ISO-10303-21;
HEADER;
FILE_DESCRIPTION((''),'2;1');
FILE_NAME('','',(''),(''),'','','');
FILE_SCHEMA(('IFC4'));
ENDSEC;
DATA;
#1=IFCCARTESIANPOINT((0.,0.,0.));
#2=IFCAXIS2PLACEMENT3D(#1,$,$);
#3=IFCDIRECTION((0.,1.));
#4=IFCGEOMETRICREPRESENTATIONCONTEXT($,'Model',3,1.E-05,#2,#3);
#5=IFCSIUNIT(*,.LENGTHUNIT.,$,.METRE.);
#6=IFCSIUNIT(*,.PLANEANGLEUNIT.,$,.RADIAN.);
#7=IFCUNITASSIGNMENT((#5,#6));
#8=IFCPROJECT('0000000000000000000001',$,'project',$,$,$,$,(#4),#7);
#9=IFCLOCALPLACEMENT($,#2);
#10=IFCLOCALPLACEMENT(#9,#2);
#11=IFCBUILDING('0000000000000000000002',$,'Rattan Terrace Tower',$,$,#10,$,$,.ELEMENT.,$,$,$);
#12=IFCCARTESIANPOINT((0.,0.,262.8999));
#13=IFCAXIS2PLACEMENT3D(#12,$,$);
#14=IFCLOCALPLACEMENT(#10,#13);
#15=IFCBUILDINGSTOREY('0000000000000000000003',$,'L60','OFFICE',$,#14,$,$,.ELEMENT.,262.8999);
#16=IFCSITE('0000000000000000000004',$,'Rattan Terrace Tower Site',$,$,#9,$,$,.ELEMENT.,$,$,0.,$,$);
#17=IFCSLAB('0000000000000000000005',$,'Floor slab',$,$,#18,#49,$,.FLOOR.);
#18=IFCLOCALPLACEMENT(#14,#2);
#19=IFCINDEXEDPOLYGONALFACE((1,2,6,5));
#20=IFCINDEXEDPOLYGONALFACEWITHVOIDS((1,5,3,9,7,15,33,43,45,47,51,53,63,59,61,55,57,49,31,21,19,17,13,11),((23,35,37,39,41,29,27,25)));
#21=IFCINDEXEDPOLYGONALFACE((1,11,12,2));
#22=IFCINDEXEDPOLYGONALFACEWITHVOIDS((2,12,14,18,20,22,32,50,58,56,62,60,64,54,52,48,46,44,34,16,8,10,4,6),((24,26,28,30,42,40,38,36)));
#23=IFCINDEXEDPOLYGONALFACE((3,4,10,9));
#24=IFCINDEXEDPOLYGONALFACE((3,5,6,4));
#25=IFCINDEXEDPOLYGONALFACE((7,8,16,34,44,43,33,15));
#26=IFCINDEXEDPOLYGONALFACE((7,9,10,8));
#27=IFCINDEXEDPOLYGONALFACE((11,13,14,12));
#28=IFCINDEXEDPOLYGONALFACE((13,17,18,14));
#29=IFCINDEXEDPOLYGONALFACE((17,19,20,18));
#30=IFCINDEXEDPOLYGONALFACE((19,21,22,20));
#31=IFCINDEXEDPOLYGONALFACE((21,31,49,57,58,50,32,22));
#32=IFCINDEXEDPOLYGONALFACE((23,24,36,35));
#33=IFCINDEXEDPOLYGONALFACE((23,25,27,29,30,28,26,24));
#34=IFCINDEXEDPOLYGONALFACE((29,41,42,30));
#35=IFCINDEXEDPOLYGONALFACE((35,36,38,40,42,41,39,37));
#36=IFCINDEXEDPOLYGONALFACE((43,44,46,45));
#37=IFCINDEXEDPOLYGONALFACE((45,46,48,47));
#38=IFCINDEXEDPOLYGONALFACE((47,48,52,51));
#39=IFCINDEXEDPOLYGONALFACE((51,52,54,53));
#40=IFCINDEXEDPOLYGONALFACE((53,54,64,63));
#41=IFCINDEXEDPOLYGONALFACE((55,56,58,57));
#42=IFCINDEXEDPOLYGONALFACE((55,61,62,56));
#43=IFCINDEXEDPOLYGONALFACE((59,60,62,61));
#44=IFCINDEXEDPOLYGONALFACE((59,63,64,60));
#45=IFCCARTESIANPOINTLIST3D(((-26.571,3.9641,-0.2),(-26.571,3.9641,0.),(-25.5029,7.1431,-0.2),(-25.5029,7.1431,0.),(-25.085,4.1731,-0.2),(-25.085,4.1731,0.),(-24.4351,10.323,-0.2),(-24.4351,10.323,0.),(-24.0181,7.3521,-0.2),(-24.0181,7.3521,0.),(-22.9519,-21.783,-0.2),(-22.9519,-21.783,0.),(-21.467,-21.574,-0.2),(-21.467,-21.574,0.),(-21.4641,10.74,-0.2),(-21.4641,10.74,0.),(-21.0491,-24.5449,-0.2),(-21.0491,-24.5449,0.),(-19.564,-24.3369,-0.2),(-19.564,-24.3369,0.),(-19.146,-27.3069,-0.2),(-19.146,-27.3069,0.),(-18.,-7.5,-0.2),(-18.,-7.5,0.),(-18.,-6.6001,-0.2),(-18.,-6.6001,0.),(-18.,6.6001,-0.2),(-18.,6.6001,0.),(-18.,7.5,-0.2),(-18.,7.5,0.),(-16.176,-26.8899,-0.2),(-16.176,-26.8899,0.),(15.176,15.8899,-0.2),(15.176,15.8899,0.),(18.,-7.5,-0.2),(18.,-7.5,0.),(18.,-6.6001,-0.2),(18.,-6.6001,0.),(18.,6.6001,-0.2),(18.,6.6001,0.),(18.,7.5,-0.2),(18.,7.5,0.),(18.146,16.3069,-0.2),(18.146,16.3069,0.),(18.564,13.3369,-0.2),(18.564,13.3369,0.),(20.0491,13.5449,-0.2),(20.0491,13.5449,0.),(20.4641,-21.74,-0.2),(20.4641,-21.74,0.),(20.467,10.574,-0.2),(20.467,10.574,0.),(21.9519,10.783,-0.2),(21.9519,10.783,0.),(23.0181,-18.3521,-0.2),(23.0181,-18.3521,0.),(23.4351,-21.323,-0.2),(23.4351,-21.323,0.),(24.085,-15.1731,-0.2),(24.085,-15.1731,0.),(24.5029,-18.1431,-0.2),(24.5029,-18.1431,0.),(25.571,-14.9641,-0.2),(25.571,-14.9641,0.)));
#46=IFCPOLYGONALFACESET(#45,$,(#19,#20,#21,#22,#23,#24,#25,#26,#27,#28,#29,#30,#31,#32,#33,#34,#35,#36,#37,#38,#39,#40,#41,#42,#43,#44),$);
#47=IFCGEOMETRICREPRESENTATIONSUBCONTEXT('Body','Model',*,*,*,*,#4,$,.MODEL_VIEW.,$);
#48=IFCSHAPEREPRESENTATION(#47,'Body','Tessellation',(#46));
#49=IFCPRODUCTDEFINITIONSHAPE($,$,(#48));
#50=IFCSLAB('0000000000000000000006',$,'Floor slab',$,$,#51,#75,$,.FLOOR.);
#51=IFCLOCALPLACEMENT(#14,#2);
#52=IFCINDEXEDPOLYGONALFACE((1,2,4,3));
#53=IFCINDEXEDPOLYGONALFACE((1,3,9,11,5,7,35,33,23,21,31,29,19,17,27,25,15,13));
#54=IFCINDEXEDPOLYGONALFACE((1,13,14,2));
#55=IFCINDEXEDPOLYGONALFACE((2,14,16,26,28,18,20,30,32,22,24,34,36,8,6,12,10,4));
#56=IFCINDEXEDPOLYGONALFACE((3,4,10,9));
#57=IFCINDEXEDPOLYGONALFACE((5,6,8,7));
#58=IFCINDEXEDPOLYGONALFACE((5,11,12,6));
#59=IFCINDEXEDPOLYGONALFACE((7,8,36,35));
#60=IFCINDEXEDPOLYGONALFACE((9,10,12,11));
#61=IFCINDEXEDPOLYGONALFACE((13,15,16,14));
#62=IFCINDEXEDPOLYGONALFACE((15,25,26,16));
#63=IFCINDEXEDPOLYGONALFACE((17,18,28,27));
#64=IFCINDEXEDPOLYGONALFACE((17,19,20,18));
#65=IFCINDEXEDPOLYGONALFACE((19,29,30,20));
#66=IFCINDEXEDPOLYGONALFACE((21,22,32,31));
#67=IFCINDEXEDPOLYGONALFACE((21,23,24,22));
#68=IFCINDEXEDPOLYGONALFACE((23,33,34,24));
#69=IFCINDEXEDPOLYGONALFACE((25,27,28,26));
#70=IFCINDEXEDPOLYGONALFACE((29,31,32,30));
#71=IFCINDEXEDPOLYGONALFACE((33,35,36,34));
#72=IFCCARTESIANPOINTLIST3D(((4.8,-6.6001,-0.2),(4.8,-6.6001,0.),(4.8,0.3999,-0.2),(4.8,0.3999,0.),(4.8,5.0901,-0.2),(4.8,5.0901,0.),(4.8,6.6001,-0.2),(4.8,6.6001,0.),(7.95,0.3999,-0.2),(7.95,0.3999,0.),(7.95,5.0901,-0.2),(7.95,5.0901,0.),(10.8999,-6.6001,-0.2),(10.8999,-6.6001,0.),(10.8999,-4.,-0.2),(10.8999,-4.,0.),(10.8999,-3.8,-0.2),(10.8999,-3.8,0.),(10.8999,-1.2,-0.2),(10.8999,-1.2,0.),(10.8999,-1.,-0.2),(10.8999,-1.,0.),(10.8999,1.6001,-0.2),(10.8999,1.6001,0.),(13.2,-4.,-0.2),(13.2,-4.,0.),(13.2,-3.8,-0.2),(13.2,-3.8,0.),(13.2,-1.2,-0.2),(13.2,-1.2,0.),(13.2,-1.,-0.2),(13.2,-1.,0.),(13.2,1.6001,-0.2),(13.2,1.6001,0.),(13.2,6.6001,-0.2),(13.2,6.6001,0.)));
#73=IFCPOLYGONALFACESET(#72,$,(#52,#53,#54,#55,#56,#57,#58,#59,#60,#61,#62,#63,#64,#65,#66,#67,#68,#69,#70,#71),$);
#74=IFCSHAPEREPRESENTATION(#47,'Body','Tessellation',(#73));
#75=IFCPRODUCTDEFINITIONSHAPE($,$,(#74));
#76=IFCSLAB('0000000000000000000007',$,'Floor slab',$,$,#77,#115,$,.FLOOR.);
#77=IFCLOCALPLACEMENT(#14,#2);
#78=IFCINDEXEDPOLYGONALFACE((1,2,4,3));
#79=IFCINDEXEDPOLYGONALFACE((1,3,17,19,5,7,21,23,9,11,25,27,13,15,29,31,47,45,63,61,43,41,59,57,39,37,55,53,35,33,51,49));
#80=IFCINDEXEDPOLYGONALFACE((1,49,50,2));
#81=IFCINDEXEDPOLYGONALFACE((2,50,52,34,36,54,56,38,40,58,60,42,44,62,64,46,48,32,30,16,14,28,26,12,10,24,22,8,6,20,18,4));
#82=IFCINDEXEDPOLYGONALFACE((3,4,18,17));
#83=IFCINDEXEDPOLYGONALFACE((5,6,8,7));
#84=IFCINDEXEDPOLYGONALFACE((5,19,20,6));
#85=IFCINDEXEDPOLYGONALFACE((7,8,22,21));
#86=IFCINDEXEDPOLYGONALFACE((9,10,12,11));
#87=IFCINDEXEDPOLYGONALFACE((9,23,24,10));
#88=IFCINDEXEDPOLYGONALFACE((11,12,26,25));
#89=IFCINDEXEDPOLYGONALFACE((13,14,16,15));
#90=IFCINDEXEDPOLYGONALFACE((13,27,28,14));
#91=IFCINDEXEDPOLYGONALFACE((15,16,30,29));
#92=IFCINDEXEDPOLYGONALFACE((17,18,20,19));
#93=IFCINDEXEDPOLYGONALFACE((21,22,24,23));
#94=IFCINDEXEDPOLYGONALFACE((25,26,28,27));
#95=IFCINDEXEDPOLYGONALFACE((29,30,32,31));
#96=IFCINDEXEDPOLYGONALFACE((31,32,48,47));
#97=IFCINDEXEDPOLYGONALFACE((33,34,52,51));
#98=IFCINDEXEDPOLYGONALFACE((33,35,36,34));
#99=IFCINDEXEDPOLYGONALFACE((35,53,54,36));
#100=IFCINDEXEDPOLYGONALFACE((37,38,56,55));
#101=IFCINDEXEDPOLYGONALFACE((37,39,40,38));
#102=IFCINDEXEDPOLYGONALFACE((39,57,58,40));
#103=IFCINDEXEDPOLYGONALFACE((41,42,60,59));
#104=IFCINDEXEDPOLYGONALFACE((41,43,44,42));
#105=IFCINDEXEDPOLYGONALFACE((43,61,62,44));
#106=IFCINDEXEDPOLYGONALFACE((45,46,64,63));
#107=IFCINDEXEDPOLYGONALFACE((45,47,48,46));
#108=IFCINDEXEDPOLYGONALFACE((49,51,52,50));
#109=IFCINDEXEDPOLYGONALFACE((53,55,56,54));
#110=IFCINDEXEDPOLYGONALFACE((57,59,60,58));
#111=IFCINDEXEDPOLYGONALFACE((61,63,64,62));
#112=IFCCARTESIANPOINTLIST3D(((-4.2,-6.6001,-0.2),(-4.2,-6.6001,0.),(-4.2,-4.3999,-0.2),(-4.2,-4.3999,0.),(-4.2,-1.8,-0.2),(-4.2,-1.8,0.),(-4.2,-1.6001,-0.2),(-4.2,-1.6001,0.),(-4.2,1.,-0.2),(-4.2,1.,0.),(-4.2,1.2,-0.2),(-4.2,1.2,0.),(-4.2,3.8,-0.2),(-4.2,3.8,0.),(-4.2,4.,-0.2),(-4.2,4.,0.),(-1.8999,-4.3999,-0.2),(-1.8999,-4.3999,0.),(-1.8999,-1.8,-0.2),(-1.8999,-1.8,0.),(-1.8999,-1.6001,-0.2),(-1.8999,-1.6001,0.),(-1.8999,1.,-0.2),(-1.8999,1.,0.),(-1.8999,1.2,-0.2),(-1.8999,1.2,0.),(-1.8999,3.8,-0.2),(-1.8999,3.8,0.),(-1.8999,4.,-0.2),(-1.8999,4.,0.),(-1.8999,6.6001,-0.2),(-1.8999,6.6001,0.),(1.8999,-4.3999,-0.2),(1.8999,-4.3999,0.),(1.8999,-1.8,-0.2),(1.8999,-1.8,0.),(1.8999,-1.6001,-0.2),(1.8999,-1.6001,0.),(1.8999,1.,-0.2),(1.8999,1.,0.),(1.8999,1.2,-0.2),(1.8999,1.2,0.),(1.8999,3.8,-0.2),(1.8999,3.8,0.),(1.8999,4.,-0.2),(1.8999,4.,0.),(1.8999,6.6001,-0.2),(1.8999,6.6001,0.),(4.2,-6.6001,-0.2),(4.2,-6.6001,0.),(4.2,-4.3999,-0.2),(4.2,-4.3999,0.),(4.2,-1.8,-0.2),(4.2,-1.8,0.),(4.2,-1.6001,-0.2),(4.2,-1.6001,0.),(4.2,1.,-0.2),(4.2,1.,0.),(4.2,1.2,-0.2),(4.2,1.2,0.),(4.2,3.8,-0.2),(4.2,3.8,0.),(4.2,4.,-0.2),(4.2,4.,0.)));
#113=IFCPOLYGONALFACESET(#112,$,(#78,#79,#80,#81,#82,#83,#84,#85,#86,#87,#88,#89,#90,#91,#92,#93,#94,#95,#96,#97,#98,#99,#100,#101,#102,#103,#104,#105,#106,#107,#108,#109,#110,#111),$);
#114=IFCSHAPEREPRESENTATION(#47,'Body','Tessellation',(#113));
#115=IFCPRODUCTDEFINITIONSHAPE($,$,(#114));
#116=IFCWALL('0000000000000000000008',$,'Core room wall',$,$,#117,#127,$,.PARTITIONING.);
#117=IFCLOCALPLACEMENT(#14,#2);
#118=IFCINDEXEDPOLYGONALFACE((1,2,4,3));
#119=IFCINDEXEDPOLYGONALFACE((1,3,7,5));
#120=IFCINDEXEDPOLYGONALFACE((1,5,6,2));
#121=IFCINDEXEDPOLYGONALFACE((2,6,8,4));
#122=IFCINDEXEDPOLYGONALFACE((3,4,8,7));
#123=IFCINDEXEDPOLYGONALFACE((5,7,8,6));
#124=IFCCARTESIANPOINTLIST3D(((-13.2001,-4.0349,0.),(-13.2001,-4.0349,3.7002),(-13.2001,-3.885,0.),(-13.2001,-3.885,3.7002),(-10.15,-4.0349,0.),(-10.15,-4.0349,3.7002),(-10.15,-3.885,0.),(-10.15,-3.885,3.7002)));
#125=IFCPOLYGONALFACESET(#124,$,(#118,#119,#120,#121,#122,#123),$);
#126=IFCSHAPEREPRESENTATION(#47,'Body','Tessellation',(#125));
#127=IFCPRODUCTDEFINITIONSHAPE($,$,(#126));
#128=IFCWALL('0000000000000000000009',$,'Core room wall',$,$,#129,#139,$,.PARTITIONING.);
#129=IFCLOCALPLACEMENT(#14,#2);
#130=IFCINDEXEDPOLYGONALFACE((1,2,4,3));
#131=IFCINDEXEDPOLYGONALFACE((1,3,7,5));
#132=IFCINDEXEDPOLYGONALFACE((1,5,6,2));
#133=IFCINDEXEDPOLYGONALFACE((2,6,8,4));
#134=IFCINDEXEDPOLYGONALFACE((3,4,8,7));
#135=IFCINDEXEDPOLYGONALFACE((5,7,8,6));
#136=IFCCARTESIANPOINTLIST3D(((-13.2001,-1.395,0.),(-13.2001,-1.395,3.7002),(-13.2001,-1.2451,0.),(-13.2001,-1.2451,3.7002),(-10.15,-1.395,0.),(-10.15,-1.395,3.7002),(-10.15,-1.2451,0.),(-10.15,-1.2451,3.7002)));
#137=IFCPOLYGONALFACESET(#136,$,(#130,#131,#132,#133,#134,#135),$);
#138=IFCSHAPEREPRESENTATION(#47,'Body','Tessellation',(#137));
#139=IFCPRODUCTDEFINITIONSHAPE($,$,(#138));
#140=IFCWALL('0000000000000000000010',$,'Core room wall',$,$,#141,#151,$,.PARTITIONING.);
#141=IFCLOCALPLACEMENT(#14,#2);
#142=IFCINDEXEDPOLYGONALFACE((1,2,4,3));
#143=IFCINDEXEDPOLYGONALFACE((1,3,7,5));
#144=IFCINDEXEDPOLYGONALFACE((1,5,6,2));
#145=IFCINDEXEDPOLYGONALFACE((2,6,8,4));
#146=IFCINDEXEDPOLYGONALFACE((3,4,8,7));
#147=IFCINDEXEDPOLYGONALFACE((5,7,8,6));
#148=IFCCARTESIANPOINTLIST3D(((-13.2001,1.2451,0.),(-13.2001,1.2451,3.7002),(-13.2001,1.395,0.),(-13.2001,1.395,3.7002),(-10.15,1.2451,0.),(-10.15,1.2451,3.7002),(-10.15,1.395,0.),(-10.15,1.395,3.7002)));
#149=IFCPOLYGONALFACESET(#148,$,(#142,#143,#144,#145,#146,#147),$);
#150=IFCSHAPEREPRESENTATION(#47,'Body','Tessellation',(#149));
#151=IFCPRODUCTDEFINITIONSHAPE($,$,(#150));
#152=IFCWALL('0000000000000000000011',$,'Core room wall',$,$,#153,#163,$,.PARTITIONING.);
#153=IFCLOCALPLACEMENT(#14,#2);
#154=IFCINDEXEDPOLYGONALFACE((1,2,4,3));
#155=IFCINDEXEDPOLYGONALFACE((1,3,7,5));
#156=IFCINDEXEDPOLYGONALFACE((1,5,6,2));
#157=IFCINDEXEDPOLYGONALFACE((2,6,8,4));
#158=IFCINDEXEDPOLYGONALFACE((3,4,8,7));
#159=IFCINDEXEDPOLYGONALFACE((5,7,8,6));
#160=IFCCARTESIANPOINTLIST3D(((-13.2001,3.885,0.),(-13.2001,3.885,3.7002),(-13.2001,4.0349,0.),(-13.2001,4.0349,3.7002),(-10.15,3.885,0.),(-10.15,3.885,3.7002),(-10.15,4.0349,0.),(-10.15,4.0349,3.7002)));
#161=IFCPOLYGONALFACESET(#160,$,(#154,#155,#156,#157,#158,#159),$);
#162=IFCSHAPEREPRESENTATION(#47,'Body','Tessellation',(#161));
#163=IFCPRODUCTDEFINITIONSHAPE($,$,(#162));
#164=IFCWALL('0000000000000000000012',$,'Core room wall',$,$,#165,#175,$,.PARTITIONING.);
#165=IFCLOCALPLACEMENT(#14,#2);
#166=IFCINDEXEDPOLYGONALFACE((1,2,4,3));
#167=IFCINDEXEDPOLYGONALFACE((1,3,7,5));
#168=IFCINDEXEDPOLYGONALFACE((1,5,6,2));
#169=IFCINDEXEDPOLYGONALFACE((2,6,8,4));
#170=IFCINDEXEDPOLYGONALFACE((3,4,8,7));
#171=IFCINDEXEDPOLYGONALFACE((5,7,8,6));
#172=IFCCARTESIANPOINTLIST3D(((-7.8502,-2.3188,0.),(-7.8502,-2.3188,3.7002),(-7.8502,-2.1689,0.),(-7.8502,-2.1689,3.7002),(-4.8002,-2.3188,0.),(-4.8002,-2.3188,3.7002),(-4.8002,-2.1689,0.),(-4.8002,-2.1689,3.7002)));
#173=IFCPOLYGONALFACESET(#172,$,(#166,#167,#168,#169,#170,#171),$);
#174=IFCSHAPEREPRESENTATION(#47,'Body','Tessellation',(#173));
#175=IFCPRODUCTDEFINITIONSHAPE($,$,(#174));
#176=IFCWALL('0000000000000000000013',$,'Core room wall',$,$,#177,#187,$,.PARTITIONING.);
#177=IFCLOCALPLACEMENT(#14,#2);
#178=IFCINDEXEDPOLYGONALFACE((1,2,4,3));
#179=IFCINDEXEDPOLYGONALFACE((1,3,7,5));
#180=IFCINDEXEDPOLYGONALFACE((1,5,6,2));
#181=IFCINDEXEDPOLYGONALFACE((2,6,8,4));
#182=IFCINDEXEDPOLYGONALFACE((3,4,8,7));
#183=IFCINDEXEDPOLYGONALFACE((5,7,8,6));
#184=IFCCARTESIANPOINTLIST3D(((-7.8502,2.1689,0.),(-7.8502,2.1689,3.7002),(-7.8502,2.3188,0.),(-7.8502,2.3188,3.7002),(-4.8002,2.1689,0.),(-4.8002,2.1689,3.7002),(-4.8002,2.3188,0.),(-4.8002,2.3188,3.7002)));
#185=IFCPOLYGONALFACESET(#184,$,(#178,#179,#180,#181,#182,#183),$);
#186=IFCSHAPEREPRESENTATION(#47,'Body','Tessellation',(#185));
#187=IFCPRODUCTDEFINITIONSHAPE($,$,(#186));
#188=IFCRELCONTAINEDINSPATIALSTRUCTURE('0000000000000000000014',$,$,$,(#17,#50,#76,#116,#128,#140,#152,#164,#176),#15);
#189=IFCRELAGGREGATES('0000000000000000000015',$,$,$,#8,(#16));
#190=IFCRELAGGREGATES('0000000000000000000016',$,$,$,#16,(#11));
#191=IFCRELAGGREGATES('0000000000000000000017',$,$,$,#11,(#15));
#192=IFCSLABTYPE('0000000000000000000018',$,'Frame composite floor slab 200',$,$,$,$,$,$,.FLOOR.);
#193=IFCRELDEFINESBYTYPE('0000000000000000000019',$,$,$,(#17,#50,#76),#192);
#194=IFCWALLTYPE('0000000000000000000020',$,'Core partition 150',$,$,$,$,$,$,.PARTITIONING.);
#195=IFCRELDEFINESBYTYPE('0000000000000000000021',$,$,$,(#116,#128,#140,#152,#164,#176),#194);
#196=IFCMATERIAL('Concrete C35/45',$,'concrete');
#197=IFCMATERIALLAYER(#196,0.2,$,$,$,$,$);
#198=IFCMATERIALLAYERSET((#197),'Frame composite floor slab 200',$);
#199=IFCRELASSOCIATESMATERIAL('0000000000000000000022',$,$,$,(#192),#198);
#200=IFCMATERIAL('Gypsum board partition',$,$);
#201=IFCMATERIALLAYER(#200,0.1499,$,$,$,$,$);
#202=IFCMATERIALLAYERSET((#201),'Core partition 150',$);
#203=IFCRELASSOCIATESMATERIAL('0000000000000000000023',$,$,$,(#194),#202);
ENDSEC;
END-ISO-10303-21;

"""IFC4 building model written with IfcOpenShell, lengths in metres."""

from ifc_helpers import new_model, si_unit, direction, frame, frame_2d, origin, place, context, subcontext, project, spatial, polyline, rectangle, outline, extrude, material, layer, layer_set, type_object, element, save


model = new_model("IFC4")

# Units and contexts
model_context = context("Model", 3, precision=1e-05, world=origin(), true_north=direction((0.0, 1.0)))
body_context = subcontext(model_context, "Body", "Model", "MODEL_VIEW")
ifc_project = project(units=[si_unit("LENGTHUNIT", "METRE"), si_unit("PLANEANGLEUNIT", "RADIAN")], contexts=[model_context])

# Site, building, storey
site_placement = place(None, origin())
site = spatial("IfcSite", under=ifc_project, at=site_placement, Name="Rattan Terrace Tower Site", CompositionType="ELEMENT", RefElevation=0.0)
building_placement = place(site_placement, origin())
building = spatial("IfcBuilding", under=site, at=building_placement, Name="Rattan Terrace Tower", CompositionType="ELEMENT")
storey_placement = place(building_placement, frame((0.0, 0.0, 262.8999)))
storey = spatial("IfcBuildingStorey", under=building, at=storey_placement, Name="L60", Description="OFFICE", CompositionType="ELEMENT", Elevation=262.8999)

# Slabs
ifc_material_1 = material(Name="Concrete C35/45", Category="concrete")
ifc_layer_1 = layer(ifc_material_1, 0.2)
ifc_layer_set_1 = layer_set([ifc_layer_1], Name="Frame composite floor slab 200")
slab_type = type_object("IfcSlabType", Name="Frame composite floor slab 200", PredefinedType="FLOOR", material=ifc_layer_set_1)
slab_1_placement = place(storey_placement, frame((0.0, 0.0, -0.2)))
element("IfcSlab", 1, at=slab_1_placement, inside=storey, type_object=slab_type, Name="Floor slab", PredefinedType="FLOOR", context=body_context, shape_type="SweptSolid", body=[
    extrude(outline(polyline([(-16.176, -26.8899), (20.4641, -21.74), (23.4351, -21.323), (23.0181, -18.3521), (24.5029, -18.1431), (24.085, -15.1731), (25.571, -14.9641), (21.9519, 10.783), (20.467, 10.574), (20.0491, 13.5449), (18.564, 13.3369), (18.146, 16.3069), (15.176, 15.8899), (-21.4641, 10.74), (-24.4351, 10.323), (-24.0181, 7.3521), (-25.5029, 7.1431), (-25.085, 4.1731), (-26.571, 3.9641), (-22.9519, -21.783), (-21.467, -21.574), (-21.0491, -24.5449), (-19.564, -24.3369), (-19.146, -27.3069), (-16.176, -26.8899)]), holes=[polyline([(-18.0, -7.5), (18.0, -7.5), (18.0, -6.6001), (18.0, 6.6001), (18.0, 7.5), (-18.0, 7.5), (-18.0, 6.6001), (-18.0, -6.6001), (-18.0, -7.5)])]), origin(), (0.0, 0.0, 1.0), 0.2),
])
slab_2_placement = place(storey_placement, frame((0.0, 0.0, -0.2)))
element("IfcSlab", 2, at=slab_2_placement, inside=storey, type_object=slab_type, Name="Floor slab", PredefinedType="FLOOR", context=body_context, shape_type="SweptSolid", body=[
    extrude(outline(polyline([(13.2, 6.6001), (4.8, 6.6001), (4.8, 5.0901), (7.95, 5.0901), (7.95, 0.3999), (4.8, 0.3999), (4.8, -6.6001), (10.8999, -6.6001), (10.8999, -4.0), (13.2, -4.0), (13.2, -3.8), (10.8999, -3.8), (10.8999, -1.2), (13.2, -1.2), (13.2, -1.0), (10.8999, -1.0), (10.8999, 1.6001), (13.2, 1.6001), (13.2, 6.6001)])), origin(), (0.0, 0.0, 1.0), 0.2),
])
slab_3_placement = place(storey_placement, frame((0.0, 0.0, -0.2)))
element("IfcSlab", 3, at=slab_3_placement, inside=storey, type_object=slab_type, Name="Floor slab", PredefinedType="FLOOR", context=body_context, shape_type="SweptSolid", body=[
    extrude(outline(polyline([(1.8999, 6.6001), (-1.8999, 6.6001), (-1.8999, 4.0), (-4.2, 4.0), (-4.2, 3.8), (-1.8999, 3.8), (-1.8999, 1.2), (-4.2, 1.2), (-4.2, 1.0), (-1.8999, 1.0), (-1.8999, -1.6001), (-4.2, -1.6001), (-4.2, -1.8), (-1.8999, -1.8), (-1.8999, -4.3999), (-4.2, -4.3999), (-4.2, -6.6001), (4.2, -6.6001), (4.2, -4.3999), (1.8999, -4.3999), (1.8999, -1.8), (4.2, -1.8), (4.2, -1.6001), (1.8999, -1.6001), (1.8999, 1.0), (4.2, 1.0), (4.2, 1.2), (1.8999, 1.2), (1.8999, 3.8), (4.2, 3.8), (4.2, 4.0), (1.8999, 4.0), (1.8999, 6.6001)])), origin(), (0.0, 0.0, 1.0), 0.2),
])

# Walls
ifc_material_2 = material(Name="Gypsum board partition")
ifc_layer_2 = layer(ifc_material_2, 0.1499)
ifc_layer_set_2 = layer_set([ifc_layer_2], Name="Core partition 150")
wall_type_1 = type_object("IfcWallType", Name="Core partition 150", PredefinedType="PARTITIONING", material=ifc_layer_set_2)
for number, where, z_axis, x_axis, name in (
    (4, (-13.2, -3.96, 0.0), (0.0, 0.0, 1.0), (1.0, 0.0, 0.0), "Core room wall"),
    (5, (-13.2, -1.3201, 0.0), (0.0, 0.0, 1.0), (1.0, 0.0, 0.0), "Core room wall"),
    (6, (-13.2, 1.3201, 0.0), (0.0, 0.0, 1.0), (1.0, 0.0, 0.0), "Core room wall"),
    (7, (-13.2, 3.96, 0.0), (0.0, 0.0, 1.0), (1.0, 0.0, 0.0), "Core room wall"),
    (8, (-7.8501, -2.2439, 0.0), (0.0, 0.0, 1.0), (1.0, 0.0, 0.0), "Core room wall"),
    (9, (-7.8501, 2.2439, 0.0), (0.0, 0.0, 1.0), (1.0, 0.0, 0.0), "Core room wall"),
):
    element("IfcWall", number, at=place(storey_placement, frame(where, z_axis=z_axis, x_axis=x_axis)), inside=storey, type_object=wall_type_1, Name=name, PredefinedType="PARTITIONING", context=body_context, shape_type="SweptSolid", body=[
        extrude(rectangle(XDim=3.05, YDim=0.1499, at=frame_2d((1.5249, 0.0))), origin(), (0.0, 0.0, 1.0), 3.7002),
    ])

save(model, "model.ifc")
